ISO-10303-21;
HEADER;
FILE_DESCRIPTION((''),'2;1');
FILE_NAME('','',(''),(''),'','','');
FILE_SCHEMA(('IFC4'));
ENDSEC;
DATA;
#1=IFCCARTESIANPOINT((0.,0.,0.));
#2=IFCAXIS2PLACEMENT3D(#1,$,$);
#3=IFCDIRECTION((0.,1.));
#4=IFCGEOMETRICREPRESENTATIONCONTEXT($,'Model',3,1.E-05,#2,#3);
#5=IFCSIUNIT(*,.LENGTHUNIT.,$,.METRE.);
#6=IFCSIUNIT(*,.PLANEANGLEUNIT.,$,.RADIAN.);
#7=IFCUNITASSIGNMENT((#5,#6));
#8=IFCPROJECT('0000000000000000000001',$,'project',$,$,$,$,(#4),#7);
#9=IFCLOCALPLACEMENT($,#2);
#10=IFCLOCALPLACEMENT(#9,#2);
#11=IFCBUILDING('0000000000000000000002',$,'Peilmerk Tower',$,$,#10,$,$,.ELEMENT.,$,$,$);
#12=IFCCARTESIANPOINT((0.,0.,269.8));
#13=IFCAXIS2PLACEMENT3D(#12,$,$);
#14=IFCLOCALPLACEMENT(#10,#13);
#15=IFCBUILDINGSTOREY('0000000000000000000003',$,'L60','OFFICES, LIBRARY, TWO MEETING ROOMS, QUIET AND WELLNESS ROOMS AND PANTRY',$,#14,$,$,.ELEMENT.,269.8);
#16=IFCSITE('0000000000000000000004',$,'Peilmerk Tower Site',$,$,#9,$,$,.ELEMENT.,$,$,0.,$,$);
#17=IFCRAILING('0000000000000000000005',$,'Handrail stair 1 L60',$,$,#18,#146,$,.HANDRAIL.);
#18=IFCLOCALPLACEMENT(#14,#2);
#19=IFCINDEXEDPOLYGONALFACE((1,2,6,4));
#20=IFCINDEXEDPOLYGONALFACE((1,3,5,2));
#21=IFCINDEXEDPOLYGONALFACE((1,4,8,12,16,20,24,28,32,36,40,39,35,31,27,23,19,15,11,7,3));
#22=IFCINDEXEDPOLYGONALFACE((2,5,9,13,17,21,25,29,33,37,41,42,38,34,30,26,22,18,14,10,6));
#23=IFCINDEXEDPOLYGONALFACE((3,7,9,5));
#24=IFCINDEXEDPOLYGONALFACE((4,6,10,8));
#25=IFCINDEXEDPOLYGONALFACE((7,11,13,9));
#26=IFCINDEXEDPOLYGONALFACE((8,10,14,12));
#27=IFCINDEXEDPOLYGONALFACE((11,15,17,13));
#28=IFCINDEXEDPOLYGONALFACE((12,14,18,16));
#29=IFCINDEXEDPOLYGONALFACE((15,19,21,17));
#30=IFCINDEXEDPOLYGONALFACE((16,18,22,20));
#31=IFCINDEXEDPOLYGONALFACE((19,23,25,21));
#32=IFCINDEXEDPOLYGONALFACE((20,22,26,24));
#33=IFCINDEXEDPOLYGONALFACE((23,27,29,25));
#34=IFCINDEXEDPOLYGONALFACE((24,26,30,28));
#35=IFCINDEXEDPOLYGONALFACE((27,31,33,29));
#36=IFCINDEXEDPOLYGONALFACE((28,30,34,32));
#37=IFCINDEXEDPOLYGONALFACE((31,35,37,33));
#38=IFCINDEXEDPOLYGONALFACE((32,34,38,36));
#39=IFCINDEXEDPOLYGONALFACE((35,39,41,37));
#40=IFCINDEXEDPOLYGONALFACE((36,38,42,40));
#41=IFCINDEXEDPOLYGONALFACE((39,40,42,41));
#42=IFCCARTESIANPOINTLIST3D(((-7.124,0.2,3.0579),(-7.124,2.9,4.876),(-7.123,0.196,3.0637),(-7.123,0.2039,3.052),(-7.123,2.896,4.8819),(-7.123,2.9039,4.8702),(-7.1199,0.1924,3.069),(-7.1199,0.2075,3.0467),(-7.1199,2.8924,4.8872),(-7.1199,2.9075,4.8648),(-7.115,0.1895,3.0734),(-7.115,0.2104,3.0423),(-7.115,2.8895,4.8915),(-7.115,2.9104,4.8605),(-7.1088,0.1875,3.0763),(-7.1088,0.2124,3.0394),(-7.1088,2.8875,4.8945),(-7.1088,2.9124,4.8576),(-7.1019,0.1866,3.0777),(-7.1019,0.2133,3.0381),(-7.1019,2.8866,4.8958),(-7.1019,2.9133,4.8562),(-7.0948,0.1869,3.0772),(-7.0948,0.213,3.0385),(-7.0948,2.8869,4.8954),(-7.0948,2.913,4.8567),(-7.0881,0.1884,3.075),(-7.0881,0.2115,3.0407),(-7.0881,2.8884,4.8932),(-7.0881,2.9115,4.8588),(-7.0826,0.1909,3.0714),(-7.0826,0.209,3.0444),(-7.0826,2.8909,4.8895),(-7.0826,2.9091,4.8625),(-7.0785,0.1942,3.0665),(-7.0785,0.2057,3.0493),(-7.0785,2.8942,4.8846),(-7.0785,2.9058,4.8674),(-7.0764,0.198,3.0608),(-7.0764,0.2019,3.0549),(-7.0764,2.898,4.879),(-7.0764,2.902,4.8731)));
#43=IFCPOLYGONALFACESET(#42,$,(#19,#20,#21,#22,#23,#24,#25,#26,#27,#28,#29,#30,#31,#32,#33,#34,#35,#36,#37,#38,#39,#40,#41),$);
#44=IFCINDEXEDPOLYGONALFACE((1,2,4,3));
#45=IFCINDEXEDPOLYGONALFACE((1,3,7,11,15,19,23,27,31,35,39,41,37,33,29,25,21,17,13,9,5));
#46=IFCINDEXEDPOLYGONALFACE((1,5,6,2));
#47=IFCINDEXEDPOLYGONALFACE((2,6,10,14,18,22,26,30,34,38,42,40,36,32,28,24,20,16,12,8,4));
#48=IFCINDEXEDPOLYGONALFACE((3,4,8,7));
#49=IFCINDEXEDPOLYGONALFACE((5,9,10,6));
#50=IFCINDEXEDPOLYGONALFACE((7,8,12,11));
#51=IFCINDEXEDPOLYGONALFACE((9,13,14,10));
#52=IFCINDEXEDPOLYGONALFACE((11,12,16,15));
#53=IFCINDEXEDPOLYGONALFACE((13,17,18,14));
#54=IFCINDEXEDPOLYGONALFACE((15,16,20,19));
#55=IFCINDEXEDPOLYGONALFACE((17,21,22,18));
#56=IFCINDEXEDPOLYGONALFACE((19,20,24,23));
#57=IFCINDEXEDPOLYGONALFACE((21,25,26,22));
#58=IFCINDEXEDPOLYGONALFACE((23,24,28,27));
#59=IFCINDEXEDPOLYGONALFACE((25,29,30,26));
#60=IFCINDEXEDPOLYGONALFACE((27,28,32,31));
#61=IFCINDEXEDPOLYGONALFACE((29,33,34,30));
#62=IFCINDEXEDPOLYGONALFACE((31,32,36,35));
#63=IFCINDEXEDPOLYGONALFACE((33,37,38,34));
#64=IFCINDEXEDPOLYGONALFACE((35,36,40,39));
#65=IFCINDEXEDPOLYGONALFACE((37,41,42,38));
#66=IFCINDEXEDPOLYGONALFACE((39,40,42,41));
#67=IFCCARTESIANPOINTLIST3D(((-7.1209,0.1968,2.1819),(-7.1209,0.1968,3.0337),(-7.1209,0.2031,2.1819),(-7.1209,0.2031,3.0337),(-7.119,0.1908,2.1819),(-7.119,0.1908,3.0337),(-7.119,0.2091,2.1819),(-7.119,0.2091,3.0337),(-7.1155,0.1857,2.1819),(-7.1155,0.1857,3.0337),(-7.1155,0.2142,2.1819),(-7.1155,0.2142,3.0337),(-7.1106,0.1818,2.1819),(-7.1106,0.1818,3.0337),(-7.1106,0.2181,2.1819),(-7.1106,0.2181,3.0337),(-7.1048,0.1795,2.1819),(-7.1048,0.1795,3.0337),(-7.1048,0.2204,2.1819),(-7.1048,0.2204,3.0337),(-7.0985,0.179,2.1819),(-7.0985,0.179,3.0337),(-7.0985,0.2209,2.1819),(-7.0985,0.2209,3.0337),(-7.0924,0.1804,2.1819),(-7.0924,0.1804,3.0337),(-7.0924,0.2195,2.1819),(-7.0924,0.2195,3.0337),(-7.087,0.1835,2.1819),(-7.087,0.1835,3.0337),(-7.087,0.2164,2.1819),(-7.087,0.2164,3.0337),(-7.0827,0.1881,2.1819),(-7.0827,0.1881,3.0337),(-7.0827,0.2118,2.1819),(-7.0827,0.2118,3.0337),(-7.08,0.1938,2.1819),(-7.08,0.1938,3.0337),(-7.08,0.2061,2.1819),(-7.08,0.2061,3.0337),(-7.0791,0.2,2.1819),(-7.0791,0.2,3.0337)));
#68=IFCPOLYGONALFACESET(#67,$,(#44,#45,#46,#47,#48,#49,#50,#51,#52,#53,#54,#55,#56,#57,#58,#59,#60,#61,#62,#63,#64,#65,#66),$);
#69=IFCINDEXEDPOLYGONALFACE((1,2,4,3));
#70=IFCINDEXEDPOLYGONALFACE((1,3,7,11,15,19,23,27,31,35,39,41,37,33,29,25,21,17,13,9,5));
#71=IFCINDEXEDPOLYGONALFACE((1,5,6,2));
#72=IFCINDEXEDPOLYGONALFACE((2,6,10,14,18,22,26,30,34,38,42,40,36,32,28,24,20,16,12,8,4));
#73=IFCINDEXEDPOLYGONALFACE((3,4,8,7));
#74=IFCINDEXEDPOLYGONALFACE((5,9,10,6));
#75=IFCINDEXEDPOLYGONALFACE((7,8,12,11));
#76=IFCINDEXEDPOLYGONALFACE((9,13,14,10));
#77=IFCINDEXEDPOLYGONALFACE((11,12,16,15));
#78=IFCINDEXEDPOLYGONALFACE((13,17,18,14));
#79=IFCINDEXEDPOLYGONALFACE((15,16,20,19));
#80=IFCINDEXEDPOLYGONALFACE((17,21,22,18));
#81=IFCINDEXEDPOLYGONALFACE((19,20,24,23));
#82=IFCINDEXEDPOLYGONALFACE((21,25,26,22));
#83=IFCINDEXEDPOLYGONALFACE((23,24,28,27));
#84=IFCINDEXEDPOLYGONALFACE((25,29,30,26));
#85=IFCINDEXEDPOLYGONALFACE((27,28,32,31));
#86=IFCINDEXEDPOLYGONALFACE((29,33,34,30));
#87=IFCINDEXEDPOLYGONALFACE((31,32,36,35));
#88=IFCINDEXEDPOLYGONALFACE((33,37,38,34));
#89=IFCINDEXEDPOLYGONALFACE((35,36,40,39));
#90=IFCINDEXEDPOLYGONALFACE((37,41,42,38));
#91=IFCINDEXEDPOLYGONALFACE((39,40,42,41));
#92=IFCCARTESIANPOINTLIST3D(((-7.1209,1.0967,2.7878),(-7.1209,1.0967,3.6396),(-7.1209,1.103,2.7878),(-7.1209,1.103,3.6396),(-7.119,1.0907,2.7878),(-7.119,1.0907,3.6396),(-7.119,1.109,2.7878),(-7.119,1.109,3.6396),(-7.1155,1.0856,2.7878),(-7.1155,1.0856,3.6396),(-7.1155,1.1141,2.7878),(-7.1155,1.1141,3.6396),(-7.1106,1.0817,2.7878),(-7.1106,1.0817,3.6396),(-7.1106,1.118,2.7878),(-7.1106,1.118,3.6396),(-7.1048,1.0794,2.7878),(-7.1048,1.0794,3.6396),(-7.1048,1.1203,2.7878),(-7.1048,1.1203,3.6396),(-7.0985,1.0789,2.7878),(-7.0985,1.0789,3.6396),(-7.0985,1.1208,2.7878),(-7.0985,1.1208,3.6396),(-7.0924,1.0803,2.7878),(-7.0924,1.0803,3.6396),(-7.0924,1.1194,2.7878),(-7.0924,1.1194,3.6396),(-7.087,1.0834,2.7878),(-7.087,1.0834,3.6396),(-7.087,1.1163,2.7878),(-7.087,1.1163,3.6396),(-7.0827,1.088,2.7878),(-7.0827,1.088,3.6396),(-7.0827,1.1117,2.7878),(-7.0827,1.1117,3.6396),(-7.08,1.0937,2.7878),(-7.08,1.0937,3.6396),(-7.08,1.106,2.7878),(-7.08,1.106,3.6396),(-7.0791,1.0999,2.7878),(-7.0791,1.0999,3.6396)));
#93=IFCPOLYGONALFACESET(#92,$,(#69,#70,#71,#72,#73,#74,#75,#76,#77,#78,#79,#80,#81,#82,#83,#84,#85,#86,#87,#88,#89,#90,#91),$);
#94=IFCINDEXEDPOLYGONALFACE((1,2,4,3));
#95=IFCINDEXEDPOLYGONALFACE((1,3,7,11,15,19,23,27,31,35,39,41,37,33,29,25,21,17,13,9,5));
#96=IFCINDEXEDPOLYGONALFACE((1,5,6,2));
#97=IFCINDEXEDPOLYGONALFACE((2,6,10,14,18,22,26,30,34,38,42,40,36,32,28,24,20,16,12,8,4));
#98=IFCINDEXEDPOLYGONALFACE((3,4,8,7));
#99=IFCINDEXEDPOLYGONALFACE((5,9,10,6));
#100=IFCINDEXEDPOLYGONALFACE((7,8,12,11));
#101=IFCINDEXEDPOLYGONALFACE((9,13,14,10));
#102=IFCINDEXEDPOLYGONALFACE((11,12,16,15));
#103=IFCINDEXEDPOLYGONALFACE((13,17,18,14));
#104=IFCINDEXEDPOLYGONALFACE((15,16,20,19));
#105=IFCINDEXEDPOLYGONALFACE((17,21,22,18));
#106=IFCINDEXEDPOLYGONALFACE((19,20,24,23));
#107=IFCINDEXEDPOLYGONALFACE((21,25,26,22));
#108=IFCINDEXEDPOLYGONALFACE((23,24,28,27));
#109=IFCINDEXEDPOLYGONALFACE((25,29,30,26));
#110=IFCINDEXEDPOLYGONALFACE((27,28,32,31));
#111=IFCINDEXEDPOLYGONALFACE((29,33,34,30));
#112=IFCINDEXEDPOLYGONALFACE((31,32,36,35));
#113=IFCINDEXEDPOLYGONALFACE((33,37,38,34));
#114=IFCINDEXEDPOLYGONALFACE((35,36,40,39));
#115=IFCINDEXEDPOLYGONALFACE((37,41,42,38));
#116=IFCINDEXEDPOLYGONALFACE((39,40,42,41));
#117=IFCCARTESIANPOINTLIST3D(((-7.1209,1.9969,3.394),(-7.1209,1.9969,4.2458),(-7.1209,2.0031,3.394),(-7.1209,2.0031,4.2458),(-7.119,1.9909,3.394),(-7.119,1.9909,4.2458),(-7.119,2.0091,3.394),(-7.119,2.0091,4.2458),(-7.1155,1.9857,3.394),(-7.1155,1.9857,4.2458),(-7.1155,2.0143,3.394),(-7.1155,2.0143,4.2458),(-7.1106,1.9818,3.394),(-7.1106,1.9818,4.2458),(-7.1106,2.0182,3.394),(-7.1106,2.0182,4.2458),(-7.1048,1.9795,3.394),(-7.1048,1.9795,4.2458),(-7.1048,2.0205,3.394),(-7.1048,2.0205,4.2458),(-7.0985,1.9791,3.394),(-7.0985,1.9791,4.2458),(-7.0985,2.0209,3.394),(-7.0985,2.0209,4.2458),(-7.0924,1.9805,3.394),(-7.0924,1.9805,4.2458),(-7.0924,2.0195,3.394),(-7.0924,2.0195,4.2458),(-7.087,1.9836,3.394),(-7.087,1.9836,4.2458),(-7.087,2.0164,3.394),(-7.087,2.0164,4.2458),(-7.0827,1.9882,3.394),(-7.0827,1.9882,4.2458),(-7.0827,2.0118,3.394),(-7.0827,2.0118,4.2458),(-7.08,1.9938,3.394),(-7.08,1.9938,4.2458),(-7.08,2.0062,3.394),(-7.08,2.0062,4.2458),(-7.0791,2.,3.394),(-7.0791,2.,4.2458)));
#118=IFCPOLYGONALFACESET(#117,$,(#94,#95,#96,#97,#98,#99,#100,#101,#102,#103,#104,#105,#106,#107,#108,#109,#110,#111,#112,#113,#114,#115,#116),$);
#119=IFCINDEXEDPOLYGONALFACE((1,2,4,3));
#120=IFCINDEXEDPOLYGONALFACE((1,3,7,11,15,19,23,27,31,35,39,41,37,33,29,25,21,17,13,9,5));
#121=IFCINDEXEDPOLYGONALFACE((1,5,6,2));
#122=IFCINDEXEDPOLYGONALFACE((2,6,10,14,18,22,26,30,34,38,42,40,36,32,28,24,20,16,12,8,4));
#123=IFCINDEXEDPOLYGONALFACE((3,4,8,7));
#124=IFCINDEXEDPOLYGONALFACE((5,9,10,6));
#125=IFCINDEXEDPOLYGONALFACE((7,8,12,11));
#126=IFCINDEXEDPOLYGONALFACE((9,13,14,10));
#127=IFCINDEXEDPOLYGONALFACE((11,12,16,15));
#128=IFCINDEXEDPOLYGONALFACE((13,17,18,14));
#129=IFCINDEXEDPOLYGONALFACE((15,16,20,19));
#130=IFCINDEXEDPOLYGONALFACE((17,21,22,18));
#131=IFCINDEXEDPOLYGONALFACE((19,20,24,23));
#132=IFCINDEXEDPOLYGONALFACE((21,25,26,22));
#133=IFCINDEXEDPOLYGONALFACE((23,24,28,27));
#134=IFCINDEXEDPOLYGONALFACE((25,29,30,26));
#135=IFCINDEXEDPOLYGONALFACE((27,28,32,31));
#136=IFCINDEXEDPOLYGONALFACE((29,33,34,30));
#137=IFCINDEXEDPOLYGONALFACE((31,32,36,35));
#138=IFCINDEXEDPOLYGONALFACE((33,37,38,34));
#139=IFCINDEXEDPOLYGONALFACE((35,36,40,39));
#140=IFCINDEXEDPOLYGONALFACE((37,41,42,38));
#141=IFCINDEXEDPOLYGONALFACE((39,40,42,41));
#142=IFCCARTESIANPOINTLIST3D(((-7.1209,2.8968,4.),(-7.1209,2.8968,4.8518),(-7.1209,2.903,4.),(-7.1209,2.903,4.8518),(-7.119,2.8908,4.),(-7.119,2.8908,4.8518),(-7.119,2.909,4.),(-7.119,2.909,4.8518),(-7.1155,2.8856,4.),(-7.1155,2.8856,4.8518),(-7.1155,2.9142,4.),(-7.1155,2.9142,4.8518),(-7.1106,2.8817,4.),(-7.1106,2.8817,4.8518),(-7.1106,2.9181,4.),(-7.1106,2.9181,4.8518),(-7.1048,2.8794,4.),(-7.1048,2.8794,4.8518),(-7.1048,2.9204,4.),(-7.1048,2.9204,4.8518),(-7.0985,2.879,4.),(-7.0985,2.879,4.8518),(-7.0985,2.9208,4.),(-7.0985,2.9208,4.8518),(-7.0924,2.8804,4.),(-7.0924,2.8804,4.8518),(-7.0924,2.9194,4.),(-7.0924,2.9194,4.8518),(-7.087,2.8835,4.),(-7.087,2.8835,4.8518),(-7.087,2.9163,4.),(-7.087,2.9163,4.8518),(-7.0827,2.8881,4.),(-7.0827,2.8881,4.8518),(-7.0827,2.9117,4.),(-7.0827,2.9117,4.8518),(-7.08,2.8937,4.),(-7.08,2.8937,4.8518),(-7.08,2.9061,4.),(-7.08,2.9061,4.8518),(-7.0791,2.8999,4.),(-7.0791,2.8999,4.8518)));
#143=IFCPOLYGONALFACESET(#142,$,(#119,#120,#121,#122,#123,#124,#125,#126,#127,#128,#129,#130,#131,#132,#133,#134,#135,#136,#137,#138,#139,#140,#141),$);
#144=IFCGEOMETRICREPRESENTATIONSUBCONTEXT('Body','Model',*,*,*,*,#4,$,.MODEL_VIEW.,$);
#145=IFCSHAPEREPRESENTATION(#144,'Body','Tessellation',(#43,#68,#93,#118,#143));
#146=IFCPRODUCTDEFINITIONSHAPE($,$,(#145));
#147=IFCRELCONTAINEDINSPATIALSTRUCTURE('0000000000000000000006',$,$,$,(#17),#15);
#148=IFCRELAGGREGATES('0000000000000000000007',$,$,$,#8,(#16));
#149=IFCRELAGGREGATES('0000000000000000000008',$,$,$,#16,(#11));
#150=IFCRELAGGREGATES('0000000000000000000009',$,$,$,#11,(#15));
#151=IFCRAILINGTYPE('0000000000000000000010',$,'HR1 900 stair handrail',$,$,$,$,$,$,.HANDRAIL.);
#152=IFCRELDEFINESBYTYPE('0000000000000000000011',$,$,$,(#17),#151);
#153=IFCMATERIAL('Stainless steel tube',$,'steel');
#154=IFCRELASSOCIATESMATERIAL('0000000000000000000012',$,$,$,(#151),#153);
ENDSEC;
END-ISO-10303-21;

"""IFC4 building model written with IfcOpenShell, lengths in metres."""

from ifc_helpers import new_model, si_unit, direction, frame, origin, origin_2d, place, context, subcontext, project, spatial, circle, extrude, material, type_object, element, save


model = new_model("IFC4")

# Units and contexts
model_context = context("Model", 3, precision=1e-05, world=origin(), true_north=direction((0.0, 1.0)))
body_context = subcontext(model_context, "Body", "Model", "MODEL_VIEW")
ifc_project = project(units=[si_unit("LENGTHUNIT", "METRE"), si_unit("PLANEANGLEUNIT", "RADIAN")], contexts=[model_context])

# Site, building, storey
site_placement = place(None, origin())
site = spatial("IfcSite", under=ifc_project, at=site_placement, Name="Peilmerk Tower Site", CompositionType="ELEMENT", RefElevation=0.0)
building_placement = place(site_placement, origin())
building = spatial("IfcBuilding", under=site, at=building_placement, Name="Peilmerk Tower", CompositionType="ELEMENT")
storey_placement = place(building_placement, frame((0.0, 0.0, 269.8)))
storey = spatial("IfcBuildingStorey", under=building, at=storey_placement, Name="L60", Description="OFFICES, LIBRARY, TWO MEETING ROOMS, QUIET AND WELLNESS ROOMS AND PANTRY", CompositionType="ELEMENT", Elevation=269.8)

# Railing
ifc_material_1 = material(Name="Stainless steel tube", Category="steel")
railing_type_1 = type_object("IfcRailingType", Name="HR1 900 stair handrail", PredefinedType="HANDRAIL", material=ifc_material_1)
railing_1_placement = place(storey_placement, frame((-7.1001, 0.2, 2.1819)))
element("IfcRailing", 1, at=railing_1_placement, inside=storey, type_object=railing_type_1, Name="Handrail stair 1 L60", PredefinedType="HANDRAIL", context=body_context, shape_type="SweptSolid", body=[
    extrude(circle(Radius=0.0239, at=origin_2d()), frame((0.0, 0.0, 0.876), z_axis=(0.0, 0.829468, 0.558554), x_axis=(-1.0, 0.0, 0.0)), (0.0, 0.0, 1.0), 3.2551),
    extrude(circle(Radius=0.021, at=origin_2d()), origin(), (0.0, 0.0, 1.0), 0.8518),
    extrude(circle(Radius=0.021, at=origin_2d()), frame((0.0, 0.8999, 0.606)), (0.0, 0.0, 1.0), 0.8518),
    extrude(circle(Radius=0.021, at=origin_2d()), frame((0.0, 1.8, 1.2122)), (0.0, 0.0, 1.0), 0.8518),
    extrude(circle(Radius=0.021, at=origin_2d()), frame((0.0, 2.7, 1.8181)), (0.0, 0.0, 1.0), 0.8518),
])

save(model, "model.ifc")
